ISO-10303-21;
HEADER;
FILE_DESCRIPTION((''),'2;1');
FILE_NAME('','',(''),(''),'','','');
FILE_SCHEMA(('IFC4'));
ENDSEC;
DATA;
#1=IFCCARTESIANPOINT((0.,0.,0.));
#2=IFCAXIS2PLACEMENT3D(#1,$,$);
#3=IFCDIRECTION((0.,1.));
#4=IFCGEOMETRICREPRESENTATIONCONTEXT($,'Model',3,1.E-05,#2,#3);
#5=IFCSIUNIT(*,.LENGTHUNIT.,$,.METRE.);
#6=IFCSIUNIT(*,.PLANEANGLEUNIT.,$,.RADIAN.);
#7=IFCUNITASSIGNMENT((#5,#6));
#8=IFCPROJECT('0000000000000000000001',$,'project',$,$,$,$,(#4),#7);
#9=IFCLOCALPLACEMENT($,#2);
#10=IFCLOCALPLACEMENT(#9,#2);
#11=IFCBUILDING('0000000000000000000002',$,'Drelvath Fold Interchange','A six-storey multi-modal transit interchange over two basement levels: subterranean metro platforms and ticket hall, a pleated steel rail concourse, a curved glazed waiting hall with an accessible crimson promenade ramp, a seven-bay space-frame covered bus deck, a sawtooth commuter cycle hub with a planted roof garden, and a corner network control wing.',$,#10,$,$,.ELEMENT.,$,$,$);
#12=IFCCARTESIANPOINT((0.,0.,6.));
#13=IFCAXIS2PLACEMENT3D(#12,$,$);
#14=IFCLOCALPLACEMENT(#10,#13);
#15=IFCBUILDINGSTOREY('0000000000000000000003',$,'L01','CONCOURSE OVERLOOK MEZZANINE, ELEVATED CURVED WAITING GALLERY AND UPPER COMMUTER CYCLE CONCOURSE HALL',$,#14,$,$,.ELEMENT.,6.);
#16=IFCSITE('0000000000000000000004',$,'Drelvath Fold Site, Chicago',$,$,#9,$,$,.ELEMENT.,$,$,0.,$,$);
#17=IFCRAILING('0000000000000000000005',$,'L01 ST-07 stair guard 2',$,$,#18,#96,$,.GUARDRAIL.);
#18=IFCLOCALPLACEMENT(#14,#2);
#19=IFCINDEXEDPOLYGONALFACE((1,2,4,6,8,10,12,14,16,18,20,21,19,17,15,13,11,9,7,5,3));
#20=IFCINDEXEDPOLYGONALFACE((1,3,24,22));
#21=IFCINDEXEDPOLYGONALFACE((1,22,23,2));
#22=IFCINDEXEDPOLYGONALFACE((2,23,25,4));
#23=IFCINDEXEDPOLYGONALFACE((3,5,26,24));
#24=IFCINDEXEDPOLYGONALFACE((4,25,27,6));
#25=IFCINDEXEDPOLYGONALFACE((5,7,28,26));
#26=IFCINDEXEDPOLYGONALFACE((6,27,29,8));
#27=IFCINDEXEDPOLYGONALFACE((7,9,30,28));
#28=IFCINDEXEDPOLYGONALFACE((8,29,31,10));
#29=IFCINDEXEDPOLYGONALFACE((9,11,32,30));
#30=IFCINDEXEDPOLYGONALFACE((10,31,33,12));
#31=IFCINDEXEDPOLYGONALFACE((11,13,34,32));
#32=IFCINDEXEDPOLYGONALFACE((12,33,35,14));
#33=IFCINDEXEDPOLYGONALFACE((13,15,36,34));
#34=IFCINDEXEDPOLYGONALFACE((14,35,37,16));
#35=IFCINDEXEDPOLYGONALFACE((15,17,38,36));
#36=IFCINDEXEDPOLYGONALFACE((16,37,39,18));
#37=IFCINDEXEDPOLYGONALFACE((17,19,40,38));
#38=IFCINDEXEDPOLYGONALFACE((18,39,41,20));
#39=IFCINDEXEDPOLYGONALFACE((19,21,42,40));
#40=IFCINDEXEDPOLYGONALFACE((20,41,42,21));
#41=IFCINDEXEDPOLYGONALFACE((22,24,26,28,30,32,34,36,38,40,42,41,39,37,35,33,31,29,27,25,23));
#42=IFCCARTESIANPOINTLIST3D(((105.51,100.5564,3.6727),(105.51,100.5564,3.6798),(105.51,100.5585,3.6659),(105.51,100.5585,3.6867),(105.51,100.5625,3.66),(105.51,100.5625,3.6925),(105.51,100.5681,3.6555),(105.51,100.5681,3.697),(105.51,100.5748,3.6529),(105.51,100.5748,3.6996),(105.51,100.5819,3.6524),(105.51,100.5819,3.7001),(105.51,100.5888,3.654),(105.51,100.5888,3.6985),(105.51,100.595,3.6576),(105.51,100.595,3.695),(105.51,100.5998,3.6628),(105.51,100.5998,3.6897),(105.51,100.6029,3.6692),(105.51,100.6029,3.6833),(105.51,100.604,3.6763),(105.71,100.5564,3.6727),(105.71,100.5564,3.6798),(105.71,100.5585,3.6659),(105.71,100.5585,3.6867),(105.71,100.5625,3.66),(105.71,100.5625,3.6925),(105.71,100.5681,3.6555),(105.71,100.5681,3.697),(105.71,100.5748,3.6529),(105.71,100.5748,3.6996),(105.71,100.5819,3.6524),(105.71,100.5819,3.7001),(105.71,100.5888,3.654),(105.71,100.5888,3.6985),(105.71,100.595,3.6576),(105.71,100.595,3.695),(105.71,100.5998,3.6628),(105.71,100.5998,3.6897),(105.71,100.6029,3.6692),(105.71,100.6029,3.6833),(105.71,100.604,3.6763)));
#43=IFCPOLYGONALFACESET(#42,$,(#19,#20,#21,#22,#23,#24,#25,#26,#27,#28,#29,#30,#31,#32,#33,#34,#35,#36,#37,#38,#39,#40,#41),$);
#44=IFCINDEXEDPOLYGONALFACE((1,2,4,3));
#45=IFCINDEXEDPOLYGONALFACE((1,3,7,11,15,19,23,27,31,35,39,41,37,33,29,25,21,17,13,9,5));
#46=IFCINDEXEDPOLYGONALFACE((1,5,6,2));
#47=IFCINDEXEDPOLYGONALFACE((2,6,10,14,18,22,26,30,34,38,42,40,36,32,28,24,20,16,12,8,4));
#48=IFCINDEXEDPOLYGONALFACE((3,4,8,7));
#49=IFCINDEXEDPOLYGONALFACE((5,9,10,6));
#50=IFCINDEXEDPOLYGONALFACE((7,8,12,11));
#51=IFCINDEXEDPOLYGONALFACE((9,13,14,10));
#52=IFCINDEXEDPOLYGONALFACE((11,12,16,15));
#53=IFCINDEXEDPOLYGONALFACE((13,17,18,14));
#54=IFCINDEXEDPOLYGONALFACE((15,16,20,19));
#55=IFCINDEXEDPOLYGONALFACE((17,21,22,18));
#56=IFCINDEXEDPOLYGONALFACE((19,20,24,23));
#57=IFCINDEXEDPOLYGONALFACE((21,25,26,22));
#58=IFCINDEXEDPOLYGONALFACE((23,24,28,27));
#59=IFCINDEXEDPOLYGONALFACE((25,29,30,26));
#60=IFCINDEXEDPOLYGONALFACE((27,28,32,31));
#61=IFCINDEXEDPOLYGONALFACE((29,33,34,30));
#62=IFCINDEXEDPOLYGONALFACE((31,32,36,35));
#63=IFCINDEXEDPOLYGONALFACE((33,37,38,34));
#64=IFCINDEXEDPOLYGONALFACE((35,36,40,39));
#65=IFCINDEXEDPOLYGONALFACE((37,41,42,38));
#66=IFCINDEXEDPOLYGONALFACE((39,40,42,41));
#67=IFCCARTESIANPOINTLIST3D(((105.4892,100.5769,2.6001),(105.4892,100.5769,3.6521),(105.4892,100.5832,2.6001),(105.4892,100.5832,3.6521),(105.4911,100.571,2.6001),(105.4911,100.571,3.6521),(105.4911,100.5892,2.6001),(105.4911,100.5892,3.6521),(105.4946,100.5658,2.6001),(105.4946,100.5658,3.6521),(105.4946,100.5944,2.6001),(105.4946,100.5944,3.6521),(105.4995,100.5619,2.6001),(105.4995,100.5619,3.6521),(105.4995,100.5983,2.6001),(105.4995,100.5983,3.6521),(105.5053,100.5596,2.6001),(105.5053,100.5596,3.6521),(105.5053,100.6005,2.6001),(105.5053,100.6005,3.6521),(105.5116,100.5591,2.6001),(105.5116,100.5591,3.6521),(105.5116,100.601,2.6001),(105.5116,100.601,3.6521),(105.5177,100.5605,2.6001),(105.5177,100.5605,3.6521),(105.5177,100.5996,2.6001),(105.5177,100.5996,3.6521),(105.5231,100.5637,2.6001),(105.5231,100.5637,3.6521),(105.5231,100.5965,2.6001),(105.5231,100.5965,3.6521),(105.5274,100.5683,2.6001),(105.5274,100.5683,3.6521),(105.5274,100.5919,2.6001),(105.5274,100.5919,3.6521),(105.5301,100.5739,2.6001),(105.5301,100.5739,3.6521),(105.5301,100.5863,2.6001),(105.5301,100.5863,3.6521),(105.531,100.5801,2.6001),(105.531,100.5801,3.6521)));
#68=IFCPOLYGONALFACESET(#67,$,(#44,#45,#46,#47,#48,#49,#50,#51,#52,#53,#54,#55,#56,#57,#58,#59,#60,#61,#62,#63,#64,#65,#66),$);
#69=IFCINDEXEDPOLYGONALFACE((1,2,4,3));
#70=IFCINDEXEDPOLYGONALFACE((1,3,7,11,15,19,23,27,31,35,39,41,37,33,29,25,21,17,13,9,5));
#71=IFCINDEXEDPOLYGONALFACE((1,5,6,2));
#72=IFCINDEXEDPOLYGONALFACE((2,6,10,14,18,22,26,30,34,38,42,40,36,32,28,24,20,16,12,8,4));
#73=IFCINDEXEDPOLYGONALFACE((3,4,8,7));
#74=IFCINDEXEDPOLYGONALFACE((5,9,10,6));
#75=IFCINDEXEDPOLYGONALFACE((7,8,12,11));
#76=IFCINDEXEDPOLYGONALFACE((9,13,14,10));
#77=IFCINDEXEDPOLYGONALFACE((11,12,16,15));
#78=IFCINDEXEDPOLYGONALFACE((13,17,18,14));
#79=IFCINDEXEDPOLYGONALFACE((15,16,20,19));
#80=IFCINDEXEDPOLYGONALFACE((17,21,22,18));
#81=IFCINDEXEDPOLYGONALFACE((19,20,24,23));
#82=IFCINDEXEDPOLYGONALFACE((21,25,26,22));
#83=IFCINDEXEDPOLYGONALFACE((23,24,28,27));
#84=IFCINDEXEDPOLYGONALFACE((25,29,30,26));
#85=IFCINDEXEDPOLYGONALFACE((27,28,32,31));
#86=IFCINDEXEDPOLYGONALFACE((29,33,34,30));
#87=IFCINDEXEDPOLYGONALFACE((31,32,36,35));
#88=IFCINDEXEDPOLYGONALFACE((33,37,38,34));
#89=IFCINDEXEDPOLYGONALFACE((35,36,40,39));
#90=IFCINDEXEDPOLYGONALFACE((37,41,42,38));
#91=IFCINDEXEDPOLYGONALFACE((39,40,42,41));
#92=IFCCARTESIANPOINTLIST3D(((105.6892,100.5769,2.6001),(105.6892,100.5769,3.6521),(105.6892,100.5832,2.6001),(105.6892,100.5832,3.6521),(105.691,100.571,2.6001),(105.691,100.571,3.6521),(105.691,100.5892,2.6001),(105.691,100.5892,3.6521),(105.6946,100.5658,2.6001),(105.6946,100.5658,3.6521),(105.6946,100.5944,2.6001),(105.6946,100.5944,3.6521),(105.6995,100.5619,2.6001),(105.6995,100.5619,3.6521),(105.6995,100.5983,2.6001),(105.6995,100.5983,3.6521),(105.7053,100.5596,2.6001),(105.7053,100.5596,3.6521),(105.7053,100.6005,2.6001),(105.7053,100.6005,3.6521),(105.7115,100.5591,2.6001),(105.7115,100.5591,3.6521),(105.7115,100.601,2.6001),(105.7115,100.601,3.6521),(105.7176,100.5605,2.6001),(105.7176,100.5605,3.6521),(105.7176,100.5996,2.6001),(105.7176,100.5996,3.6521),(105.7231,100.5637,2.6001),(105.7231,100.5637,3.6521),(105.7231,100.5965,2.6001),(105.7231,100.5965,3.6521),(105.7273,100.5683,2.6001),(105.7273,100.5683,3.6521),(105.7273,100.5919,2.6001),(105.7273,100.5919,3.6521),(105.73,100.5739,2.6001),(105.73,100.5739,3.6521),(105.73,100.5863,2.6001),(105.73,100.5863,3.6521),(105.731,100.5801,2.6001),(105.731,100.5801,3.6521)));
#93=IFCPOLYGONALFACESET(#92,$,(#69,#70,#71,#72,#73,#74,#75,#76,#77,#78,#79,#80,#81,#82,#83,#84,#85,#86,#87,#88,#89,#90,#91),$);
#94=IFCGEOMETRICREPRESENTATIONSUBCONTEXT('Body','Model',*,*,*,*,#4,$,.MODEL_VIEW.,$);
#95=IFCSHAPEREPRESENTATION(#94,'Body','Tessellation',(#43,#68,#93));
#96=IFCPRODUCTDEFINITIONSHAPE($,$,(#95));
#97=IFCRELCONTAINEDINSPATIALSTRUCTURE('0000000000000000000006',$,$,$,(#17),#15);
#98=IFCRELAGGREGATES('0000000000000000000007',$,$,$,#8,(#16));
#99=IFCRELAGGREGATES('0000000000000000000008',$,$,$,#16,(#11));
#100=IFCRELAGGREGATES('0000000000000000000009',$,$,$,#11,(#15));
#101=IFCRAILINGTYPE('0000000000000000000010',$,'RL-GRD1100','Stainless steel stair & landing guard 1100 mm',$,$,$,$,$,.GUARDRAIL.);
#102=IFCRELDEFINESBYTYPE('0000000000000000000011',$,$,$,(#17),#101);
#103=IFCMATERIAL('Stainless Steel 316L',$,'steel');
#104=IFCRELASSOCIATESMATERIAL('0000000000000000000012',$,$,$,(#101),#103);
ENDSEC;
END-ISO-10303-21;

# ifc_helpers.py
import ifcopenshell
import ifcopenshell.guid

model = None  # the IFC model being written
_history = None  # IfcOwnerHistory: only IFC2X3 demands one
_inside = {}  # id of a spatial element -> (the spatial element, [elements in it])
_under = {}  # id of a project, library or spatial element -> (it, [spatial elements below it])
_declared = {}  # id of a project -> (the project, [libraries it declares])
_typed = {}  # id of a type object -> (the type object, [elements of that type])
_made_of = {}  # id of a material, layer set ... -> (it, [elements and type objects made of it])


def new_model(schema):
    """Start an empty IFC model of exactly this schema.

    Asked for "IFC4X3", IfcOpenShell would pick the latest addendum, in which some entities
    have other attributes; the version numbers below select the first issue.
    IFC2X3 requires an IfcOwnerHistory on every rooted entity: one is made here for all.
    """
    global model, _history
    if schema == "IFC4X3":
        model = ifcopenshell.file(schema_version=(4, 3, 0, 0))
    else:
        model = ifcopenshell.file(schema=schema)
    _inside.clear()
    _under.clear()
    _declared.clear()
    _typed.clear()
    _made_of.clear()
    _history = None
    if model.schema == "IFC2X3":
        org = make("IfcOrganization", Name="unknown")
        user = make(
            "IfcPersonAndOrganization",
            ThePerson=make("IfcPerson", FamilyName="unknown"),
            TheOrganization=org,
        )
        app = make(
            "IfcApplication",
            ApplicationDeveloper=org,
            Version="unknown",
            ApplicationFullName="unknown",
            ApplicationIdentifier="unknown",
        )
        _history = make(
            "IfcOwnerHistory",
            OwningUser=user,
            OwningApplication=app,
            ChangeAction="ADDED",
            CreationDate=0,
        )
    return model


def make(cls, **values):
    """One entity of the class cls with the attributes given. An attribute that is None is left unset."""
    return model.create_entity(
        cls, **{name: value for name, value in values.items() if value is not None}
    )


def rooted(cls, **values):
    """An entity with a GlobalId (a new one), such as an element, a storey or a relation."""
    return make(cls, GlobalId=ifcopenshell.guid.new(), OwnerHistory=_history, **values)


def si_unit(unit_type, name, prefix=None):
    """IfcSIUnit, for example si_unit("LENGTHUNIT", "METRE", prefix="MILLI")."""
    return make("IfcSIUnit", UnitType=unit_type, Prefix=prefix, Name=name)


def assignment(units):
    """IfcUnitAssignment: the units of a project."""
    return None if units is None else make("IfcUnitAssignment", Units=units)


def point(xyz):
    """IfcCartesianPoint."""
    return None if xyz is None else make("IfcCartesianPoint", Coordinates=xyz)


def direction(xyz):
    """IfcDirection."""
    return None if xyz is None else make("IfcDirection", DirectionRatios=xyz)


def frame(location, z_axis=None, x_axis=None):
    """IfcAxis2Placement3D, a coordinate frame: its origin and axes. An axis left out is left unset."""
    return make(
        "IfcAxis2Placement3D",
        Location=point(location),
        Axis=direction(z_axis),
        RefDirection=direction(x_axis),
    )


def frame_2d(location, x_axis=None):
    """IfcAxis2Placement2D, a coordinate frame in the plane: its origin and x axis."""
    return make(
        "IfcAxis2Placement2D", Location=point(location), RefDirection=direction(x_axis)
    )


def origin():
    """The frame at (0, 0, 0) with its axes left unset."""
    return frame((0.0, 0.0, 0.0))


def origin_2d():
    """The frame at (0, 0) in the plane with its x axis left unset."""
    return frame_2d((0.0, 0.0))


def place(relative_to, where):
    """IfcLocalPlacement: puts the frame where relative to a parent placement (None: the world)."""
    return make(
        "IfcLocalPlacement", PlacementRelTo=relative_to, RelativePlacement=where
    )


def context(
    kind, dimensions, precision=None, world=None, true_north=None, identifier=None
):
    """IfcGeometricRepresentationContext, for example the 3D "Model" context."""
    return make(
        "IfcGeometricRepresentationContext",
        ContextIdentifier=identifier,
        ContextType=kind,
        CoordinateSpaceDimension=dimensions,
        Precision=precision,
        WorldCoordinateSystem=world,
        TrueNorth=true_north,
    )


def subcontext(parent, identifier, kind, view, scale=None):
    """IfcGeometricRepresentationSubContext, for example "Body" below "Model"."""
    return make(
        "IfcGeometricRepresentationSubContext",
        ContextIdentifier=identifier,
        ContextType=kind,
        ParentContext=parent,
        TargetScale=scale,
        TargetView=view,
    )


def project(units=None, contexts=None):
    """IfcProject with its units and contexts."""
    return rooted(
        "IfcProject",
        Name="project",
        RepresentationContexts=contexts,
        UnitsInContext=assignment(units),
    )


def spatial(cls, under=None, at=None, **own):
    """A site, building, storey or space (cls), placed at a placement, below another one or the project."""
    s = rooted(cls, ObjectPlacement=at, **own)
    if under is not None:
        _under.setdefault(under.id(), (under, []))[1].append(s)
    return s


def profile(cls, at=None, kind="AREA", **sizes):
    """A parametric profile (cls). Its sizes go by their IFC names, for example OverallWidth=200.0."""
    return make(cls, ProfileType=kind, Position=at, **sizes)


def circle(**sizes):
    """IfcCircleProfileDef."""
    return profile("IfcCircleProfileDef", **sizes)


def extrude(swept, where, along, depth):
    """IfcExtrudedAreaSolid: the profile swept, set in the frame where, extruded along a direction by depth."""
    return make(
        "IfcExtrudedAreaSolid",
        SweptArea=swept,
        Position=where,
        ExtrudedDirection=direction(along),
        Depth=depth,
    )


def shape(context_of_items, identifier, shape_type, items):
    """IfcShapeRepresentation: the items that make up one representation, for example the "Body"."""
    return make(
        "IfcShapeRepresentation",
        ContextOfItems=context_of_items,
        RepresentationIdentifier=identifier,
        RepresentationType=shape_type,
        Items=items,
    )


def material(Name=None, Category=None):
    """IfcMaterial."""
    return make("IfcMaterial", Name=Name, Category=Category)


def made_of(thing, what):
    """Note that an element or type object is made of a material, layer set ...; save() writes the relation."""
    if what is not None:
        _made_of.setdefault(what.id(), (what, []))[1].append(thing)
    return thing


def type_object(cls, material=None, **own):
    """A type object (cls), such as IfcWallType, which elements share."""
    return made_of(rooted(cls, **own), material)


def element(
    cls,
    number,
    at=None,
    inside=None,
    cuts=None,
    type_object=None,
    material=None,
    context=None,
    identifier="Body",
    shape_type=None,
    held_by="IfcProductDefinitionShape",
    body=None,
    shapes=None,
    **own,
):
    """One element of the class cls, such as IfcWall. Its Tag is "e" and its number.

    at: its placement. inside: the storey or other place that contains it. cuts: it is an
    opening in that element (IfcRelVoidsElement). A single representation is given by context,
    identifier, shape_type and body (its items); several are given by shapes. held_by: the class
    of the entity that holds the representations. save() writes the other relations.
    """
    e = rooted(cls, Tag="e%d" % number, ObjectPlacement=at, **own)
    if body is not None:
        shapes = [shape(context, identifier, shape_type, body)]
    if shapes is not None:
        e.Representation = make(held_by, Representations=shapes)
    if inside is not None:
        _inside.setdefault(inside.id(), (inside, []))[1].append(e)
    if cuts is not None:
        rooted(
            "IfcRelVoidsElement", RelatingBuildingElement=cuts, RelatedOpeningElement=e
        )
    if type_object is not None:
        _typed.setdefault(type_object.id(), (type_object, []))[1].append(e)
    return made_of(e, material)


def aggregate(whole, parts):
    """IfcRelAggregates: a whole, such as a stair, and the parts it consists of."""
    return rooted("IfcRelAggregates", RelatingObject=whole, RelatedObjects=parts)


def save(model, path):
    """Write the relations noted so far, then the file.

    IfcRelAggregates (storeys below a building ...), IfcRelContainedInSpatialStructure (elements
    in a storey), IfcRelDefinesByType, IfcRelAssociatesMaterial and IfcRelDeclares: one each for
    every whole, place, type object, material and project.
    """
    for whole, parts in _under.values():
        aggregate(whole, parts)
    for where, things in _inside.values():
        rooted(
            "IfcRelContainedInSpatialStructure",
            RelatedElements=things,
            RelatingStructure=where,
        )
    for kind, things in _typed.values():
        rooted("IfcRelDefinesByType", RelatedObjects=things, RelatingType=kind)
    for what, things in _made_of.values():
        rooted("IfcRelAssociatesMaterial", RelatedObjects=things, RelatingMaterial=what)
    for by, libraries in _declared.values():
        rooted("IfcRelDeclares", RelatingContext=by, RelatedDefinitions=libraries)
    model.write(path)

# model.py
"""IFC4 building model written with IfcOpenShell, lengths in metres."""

from ifc_helpers import new_model, si_unit, direction, frame, origin, origin_2d, place, context, subcontext, project, spatial, circle, extrude, material, type_object, element, save


model = new_model("IFC4")

# Units and contexts
model_context = context("Model", 3, precision=1e-05, world=origin(), true_north=direction((0.0, 1.0)))
body_context = subcontext(model_context, "Body", "Model", "MODEL_VIEW")
ifc_project = project(units=[si_unit("LENGTHUNIT", "METRE"), si_unit("PLANEANGLEUNIT", "RADIAN")], contexts=[model_context])

# Site, building, storey
site_placement = place(None, origin())
site = spatial("IfcSite", under=ifc_project, at=site_placement, Name="Drelvath Fold Site, Chicago", CompositionType="ELEMENT", RefElevation=0.0)
building_placement = place(site_placement, origin())
building = spatial("IfcBuilding", under=site, at=building_placement, Name="Drelvath Fold Interchange", Description="A six-storey multi-modal transit interchange over two basement levels: subterranean metro platforms and ticket hall, a pleated steel rail concourse, a curved glazed waiting hall with an accessible crimson promenade ramp, a seven-bay space-frame covered bus deck, a sawtooth commuter cycle hub with a planted roof garden, and a corner network control wing.", CompositionType="ELEMENT")
storey_placement = place(building_placement, frame((0.0, 0.0, 6.0)))
storey = spatial("IfcBuildingStorey", under=building, at=storey_placement, Name="L01", Description="CONCOURSE OVERLOOK MEZZANINE, ELEVATED CURVED WAITING GALLERY AND UPPER COMMUTER CYCLE CONCOURSE HALL", CompositionType="ELEMENT", Elevation=6.0)

# Railing
ifc_material_1 = material(Name="Stainless Steel 316L", Category="steel")
railing_type_1 = type_object("IfcRailingType", Name="RL-GRD1100", Description="Stainless steel stair & landing guard 1100 mm", PredefinedType="GUARDRAIL", material=ifc_material_1)
railing_1_placement = place(storey_placement, frame((105.51, 100.5801, 2.6001)))
element("IfcRailing", 1, at=railing_1_placement, inside=storey, type_object=railing_type_1, Name="L01 ST-07 stair guard 2", PredefinedType="GUARDRAIL", context=body_context, shape_type="SweptSolid", body=[
    extrude(circle(Radius=0.0239, at=origin_2d()), frame((0.0, 0.0, 1.0762), z_axis=(1.0, 0.0, 0.0), x_axis=(0.0, 1.0, 0.0)), (0.0, 0.0, 1.0), 0.2),
    extrude(circle(Radius=0.021, at=origin_2d()), origin(), (0.0, 0.0, 1.0), 1.052),
    extrude(circle(Radius=0.021, at=origin_2d()), frame((0.2, 0.0, 0.0)), (0.0, 0.0, 1.0), 1.052),
])

save(model, "model.ifc")
